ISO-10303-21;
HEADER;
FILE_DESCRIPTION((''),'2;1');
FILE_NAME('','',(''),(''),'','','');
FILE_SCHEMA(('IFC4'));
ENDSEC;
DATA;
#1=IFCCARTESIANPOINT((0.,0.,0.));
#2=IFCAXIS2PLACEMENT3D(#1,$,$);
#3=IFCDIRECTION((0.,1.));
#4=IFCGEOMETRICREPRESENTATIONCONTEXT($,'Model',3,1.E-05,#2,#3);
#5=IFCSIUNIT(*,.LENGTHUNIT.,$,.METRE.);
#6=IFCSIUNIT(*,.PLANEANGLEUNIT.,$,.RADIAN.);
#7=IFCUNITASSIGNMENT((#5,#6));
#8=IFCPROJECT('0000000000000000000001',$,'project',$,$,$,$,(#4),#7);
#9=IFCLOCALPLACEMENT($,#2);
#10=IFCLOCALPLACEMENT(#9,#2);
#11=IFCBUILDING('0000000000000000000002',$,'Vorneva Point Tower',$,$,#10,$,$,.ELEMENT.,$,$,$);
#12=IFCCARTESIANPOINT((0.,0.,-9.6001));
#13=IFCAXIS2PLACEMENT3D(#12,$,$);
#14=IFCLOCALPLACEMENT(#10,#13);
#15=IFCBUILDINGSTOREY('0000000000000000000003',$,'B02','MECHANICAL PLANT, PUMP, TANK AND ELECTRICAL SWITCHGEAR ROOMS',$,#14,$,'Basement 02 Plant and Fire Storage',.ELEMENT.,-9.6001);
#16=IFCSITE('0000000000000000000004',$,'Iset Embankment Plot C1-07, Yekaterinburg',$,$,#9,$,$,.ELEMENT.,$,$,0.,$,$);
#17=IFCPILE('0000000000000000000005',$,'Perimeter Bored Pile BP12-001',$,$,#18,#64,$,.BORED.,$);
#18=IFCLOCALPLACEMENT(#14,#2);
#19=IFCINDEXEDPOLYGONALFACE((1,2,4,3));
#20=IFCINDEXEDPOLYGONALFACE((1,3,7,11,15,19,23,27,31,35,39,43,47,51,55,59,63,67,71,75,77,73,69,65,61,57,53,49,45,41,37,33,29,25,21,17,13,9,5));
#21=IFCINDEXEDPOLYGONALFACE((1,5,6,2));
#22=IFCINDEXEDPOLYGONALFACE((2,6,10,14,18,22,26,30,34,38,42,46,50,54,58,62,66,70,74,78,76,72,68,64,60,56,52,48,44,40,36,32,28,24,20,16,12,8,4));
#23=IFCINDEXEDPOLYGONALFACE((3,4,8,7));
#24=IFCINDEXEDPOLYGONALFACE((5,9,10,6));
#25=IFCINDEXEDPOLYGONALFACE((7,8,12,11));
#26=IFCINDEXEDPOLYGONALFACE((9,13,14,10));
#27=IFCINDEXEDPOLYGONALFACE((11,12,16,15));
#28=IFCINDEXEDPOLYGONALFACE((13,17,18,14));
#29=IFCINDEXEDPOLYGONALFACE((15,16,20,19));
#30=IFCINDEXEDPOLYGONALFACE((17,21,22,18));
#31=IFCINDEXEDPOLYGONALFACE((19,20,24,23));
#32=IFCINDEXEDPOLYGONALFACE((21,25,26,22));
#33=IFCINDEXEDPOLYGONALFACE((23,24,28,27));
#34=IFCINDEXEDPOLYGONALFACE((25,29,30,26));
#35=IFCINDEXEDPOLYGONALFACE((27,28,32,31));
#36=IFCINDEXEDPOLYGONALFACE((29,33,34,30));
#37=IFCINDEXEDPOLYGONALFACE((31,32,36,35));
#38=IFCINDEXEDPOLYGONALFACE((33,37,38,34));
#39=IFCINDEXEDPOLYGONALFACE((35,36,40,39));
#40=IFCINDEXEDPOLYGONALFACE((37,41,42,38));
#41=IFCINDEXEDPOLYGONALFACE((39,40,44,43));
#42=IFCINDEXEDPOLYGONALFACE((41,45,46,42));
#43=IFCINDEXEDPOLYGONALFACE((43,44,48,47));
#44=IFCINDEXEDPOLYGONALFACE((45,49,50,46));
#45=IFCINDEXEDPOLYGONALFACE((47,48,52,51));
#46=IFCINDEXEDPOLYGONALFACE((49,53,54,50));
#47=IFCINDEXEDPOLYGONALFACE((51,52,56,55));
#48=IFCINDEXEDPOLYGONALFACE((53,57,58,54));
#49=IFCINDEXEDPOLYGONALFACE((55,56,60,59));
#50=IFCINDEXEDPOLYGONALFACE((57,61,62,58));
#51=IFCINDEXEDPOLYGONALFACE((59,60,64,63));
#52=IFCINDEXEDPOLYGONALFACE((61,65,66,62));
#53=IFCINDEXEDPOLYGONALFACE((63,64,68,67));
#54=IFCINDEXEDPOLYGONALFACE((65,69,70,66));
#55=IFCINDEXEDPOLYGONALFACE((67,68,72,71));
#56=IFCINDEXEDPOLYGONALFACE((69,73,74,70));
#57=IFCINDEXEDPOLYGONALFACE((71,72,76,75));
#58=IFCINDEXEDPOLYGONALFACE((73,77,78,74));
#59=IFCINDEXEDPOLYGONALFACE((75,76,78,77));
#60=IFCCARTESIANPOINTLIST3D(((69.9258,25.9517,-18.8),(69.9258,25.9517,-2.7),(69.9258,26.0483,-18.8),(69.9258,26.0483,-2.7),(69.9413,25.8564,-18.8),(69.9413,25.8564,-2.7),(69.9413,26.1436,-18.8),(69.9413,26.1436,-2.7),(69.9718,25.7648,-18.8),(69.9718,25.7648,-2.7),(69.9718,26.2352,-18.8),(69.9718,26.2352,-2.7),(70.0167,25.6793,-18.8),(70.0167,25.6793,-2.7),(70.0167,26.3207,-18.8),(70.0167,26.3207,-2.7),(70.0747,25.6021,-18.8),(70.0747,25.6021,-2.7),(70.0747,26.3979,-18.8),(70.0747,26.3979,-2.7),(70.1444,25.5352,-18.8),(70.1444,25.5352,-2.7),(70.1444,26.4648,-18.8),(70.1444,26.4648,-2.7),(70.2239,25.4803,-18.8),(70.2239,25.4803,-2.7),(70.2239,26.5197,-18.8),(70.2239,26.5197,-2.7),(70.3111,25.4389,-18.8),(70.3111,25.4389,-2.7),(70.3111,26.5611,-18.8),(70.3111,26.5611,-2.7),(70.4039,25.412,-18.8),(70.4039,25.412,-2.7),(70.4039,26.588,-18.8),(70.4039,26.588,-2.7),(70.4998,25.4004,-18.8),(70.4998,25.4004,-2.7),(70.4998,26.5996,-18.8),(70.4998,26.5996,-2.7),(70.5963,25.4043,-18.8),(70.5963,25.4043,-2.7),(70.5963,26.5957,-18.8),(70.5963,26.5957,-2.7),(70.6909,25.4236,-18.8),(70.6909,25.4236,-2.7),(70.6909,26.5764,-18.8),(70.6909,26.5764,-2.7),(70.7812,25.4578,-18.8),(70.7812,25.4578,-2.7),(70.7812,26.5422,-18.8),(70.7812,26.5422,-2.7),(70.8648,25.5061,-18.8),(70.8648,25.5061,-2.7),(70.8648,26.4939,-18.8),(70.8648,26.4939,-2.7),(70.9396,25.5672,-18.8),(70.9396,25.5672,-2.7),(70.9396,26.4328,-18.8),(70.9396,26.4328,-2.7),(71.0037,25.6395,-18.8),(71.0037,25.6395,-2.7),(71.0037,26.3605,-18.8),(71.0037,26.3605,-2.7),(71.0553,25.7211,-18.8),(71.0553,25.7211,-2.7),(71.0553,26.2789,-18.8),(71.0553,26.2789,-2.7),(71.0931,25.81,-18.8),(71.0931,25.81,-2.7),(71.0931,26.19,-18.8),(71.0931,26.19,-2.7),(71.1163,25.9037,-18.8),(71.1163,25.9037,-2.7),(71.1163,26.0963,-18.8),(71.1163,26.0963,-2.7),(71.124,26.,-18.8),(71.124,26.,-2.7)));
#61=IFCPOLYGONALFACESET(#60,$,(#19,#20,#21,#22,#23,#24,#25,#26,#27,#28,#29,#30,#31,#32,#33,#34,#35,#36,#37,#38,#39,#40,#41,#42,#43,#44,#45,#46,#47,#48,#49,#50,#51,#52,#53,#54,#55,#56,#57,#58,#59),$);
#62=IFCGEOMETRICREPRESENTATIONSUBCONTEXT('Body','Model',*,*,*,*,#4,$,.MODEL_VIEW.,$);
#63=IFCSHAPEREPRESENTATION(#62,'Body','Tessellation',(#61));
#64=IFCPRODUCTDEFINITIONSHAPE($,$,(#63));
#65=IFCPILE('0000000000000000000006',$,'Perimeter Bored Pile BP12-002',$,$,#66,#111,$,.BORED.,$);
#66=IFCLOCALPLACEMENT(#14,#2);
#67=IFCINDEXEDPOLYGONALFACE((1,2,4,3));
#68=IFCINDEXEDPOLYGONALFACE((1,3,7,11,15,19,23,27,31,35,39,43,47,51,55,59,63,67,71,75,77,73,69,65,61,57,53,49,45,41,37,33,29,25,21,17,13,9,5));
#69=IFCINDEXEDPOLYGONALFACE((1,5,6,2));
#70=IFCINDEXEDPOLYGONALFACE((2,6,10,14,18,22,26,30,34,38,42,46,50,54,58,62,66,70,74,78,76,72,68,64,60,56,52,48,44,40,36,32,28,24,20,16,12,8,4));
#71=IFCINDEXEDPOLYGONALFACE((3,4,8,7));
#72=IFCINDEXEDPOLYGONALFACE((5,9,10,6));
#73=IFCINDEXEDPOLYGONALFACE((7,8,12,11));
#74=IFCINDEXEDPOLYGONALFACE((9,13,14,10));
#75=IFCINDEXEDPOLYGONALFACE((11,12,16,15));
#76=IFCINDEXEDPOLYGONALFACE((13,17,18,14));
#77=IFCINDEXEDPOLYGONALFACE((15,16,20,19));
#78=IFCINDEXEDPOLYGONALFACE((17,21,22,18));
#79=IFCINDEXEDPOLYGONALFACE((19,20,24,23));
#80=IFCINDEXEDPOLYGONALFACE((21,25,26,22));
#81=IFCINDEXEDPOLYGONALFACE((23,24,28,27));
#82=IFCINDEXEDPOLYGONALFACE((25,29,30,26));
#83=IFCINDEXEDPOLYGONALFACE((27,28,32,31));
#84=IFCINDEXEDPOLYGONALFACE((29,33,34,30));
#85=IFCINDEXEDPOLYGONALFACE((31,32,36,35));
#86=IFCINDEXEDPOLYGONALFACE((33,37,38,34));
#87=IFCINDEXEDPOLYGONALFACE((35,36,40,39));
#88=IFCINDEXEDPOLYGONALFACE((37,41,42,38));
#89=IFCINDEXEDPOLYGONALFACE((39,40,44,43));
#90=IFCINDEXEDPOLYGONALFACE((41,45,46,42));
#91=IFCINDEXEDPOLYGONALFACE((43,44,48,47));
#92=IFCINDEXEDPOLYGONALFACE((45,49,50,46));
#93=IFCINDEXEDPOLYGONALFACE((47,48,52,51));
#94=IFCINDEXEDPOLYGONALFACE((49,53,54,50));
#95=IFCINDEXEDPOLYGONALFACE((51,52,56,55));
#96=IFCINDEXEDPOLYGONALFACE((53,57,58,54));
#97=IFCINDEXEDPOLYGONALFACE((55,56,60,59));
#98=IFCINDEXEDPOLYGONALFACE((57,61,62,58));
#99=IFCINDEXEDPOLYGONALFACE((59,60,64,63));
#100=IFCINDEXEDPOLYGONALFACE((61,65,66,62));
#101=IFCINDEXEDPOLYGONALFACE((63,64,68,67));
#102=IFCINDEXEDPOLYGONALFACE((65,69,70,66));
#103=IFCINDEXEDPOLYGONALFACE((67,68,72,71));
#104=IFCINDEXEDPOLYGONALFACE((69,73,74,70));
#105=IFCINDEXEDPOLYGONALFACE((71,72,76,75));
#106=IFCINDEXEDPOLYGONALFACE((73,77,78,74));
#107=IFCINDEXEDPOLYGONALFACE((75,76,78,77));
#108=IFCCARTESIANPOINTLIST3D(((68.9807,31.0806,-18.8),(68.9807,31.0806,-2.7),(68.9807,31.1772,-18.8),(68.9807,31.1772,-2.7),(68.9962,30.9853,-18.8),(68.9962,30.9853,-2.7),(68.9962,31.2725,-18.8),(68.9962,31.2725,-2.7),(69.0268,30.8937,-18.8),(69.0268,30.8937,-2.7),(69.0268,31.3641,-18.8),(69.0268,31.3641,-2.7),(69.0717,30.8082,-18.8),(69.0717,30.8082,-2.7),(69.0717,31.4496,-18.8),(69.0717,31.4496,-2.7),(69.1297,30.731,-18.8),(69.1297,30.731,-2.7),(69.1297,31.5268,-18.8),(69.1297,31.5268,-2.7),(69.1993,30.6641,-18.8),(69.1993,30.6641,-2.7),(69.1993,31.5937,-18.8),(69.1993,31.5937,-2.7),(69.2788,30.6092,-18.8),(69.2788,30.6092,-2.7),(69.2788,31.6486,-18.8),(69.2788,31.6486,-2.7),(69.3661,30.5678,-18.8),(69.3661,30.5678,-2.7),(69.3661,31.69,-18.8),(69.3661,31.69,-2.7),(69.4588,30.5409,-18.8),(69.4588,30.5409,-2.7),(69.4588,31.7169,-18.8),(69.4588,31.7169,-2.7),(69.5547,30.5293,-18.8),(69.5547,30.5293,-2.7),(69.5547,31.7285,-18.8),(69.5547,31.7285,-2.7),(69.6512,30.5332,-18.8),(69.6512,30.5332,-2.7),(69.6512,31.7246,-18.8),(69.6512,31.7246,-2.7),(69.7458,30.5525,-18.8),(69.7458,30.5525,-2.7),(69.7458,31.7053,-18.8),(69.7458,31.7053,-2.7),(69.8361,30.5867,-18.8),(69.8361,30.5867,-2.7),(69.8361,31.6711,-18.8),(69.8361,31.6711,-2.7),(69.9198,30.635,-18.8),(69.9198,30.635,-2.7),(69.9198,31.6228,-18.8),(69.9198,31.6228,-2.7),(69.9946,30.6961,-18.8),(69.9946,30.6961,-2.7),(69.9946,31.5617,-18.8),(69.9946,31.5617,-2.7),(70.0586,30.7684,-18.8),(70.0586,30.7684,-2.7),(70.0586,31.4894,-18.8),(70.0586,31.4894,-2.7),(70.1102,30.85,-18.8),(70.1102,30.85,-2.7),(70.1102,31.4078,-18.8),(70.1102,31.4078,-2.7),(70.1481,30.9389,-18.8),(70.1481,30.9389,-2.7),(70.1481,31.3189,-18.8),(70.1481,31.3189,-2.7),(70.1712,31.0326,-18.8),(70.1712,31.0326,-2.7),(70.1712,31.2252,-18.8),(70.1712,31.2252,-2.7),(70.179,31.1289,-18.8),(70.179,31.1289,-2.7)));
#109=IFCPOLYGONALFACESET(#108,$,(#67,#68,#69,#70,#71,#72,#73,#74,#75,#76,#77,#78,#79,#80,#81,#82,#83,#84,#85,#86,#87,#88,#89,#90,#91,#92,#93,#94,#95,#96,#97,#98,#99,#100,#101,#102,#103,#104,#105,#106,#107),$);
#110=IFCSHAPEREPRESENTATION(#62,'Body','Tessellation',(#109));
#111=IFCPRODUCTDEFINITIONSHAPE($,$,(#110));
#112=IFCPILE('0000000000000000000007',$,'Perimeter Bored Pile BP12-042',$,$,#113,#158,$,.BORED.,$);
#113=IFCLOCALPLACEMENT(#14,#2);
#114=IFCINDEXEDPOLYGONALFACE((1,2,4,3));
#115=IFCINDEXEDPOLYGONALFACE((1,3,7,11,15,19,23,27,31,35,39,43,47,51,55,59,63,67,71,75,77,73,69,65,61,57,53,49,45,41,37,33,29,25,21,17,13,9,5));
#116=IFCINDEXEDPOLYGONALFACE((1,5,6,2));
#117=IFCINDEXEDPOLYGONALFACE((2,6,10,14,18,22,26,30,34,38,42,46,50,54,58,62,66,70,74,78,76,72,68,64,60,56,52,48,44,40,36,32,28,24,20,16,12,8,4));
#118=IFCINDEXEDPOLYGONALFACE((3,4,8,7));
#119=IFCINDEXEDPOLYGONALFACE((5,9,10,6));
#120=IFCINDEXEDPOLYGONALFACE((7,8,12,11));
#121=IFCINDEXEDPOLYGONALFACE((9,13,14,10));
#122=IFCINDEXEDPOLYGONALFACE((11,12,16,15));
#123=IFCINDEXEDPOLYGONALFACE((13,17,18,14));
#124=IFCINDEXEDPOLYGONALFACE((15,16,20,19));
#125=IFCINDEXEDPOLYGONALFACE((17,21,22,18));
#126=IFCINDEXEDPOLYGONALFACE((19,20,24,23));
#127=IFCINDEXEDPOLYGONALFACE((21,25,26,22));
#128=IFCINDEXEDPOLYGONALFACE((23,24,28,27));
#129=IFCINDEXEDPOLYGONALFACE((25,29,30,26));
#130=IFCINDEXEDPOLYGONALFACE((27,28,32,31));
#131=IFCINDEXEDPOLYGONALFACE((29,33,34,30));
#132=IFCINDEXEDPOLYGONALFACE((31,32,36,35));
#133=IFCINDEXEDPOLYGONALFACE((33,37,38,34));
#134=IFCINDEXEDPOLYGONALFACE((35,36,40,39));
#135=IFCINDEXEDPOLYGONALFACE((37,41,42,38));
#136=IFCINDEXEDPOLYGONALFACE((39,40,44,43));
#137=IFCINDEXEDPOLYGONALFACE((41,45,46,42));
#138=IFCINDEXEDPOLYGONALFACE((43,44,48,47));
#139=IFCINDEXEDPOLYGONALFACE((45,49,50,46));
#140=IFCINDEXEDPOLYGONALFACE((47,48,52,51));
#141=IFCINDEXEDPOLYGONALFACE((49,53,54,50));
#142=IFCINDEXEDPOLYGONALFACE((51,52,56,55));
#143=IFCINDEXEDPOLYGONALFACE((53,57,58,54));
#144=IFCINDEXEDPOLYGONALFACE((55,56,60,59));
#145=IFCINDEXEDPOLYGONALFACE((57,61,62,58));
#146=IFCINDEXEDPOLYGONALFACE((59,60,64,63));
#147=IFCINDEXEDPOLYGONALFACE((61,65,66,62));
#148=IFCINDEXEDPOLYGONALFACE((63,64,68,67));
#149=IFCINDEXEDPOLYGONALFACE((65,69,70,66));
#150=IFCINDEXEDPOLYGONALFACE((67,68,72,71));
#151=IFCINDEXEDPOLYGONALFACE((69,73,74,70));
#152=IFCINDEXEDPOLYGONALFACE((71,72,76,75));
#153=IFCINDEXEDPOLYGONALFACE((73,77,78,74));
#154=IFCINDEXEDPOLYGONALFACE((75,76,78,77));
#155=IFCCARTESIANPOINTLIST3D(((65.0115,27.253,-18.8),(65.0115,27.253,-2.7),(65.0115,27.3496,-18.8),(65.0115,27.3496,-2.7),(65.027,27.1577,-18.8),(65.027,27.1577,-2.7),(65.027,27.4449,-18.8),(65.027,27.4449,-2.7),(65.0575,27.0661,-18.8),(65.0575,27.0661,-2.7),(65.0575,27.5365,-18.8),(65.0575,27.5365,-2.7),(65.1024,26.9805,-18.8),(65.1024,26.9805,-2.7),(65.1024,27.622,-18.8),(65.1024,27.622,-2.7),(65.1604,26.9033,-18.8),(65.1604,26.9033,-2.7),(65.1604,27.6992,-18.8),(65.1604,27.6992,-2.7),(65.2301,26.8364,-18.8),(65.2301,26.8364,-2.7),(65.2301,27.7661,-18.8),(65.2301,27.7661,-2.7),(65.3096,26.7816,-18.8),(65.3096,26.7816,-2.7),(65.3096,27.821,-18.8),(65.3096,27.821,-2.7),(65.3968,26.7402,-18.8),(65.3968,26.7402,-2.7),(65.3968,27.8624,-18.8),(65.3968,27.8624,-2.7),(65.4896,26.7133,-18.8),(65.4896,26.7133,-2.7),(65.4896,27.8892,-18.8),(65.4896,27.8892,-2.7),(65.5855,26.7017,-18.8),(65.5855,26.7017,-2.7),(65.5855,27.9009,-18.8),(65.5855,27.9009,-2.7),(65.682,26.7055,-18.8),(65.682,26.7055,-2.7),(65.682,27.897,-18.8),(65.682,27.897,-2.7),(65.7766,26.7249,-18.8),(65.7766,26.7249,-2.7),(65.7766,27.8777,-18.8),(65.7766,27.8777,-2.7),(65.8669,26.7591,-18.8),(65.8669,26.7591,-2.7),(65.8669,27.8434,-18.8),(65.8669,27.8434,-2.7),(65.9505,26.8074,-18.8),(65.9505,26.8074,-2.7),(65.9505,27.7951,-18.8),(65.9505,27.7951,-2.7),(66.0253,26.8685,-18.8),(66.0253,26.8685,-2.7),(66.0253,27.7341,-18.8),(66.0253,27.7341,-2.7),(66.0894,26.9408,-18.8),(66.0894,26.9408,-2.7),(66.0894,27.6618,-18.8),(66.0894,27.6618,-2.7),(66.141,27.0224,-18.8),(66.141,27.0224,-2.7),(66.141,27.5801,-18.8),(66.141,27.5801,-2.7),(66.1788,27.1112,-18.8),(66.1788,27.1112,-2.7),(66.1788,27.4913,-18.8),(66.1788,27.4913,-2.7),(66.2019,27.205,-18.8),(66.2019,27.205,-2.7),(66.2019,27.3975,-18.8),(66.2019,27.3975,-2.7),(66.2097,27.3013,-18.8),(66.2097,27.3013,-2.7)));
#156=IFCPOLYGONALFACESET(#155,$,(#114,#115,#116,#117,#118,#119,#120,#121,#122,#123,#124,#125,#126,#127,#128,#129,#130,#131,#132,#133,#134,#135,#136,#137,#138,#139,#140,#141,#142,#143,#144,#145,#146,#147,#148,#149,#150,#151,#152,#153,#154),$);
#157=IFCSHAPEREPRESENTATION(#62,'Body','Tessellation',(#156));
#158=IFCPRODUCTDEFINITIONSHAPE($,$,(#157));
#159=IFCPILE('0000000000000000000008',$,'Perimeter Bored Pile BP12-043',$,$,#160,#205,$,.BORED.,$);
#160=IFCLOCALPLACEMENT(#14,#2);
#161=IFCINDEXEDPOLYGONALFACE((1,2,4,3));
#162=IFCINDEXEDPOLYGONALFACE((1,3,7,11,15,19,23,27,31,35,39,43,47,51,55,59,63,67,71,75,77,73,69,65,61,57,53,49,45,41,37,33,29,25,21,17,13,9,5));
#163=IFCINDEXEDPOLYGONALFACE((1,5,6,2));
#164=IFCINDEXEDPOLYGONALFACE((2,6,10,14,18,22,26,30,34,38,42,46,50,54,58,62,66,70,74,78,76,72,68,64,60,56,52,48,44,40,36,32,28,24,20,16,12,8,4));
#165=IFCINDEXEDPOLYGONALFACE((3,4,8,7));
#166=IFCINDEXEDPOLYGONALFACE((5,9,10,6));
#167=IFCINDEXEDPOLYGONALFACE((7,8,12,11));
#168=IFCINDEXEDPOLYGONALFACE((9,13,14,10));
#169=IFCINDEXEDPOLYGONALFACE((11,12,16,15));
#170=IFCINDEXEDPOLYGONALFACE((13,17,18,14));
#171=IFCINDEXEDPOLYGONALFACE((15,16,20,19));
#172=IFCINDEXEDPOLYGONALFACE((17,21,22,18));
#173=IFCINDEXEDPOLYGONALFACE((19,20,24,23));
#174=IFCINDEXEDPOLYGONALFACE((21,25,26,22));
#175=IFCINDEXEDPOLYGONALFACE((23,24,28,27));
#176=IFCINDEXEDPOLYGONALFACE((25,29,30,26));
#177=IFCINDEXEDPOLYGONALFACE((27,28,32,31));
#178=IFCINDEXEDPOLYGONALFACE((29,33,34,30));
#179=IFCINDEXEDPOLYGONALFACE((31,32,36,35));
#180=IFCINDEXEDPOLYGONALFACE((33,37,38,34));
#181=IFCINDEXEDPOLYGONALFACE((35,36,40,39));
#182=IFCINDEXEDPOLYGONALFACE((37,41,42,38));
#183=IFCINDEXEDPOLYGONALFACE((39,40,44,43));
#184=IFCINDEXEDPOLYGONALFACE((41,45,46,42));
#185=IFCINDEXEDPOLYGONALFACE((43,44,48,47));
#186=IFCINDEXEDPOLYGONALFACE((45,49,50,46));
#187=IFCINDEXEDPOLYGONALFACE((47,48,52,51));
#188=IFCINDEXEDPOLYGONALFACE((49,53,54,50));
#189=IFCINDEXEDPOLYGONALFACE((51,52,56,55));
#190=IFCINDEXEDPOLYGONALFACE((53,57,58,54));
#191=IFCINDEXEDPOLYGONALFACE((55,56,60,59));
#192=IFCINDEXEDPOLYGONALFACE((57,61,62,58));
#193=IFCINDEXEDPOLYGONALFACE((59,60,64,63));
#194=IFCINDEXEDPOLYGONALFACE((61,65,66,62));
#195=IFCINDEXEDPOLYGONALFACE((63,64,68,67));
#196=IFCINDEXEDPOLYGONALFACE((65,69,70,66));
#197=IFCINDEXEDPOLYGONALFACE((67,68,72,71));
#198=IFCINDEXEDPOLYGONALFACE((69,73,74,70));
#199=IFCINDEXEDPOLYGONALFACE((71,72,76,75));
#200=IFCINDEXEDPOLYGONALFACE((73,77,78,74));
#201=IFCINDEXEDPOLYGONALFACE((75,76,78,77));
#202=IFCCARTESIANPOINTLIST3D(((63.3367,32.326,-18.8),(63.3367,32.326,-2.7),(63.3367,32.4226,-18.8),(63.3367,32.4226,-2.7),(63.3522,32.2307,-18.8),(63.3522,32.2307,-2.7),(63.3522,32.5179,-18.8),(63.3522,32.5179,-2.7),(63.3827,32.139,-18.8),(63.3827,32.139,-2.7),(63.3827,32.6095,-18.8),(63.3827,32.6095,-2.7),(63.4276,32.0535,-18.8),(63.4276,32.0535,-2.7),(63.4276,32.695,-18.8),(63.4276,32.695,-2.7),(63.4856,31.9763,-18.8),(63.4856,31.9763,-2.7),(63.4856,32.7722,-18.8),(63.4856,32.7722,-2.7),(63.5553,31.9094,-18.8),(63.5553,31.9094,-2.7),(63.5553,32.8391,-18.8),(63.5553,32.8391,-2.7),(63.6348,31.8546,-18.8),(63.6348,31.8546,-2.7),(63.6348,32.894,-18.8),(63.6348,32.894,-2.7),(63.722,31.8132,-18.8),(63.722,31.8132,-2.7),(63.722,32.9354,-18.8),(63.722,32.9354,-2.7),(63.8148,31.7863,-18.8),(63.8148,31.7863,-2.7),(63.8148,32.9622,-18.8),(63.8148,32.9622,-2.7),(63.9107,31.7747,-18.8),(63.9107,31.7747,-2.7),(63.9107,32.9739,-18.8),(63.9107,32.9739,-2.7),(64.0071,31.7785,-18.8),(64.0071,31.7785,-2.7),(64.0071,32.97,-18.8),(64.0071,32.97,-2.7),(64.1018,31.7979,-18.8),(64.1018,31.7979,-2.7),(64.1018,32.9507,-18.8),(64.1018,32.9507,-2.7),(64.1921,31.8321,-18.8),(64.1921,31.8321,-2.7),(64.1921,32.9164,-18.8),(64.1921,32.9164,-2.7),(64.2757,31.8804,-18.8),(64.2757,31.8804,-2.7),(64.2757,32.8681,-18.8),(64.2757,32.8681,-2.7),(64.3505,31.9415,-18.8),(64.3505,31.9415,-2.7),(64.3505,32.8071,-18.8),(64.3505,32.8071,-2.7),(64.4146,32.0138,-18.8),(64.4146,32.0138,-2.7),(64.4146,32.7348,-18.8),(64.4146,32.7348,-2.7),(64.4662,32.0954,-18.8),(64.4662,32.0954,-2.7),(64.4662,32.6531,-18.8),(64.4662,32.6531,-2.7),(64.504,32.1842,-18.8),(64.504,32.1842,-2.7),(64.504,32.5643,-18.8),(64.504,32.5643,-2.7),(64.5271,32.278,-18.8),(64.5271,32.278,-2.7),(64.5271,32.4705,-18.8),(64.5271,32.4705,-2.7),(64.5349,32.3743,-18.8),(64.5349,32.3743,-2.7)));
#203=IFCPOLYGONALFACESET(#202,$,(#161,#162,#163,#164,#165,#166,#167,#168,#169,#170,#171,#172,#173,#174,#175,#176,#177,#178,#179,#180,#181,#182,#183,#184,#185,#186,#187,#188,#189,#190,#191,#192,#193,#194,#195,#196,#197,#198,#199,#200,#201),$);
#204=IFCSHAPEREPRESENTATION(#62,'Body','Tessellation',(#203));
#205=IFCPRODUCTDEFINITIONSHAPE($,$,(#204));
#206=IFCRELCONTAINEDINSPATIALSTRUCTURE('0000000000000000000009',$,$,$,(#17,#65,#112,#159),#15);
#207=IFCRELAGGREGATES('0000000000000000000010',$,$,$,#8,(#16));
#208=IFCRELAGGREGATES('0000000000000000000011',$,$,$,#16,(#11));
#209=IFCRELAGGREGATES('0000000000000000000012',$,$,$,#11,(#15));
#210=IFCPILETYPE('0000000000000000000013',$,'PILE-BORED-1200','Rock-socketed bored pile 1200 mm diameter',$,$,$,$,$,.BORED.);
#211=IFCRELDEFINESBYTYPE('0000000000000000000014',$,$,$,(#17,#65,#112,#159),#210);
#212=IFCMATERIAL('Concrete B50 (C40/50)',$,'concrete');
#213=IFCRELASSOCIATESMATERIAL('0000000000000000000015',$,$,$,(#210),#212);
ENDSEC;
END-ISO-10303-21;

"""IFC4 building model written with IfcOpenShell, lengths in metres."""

from ifc_helpers import new_model, si_unit, direction, frame, origin, origin_2d, place, context, subcontext, project, spatial, circle, extrude, material, material_profile, profile_set, type_object, element, save


model = new_model("IFC4")

# Units and contexts
model_context = context("Model", 3, precision=1e-05, world=origin(), true_north=direction((0.0, 1.0)))
body_context = subcontext(model_context, "Body", "Model", "MODEL_VIEW")
ifc_project = project(units=[si_unit("LENGTHUNIT", "METRE"), si_unit("PLANEANGLEUNIT", "RADIAN")], contexts=[model_context])

# Site, building, storey
site_placement = place(None, origin())
site = spatial("IfcSite", under=ifc_project, at=site_placement, Name="Iset Embankment Plot C1-07, Yekaterinburg", CompositionType="ELEMENT", RefElevation=0.0)
building_placement = place(site_placement, origin())
building = spatial("IfcBuilding", under=site, at=building_placement, Name="Vorneva Point Tower", CompositionType="ELEMENT")
storey_placement = place(building_placement, frame((0.0, 0.0, -9.6001)))
storey = spatial("IfcBuildingStorey", under=building, at=storey_placement, Name="B02", Description="MECHANICAL PLANT, PUMP, TANK AND ELECTRICAL SWITCHGEAR ROOMS", LongName="Basement 02 Plant and Fire Storage", CompositionType="ELEMENT", Elevation=-9.6001)

# Piles
ifc_material_1 = material(Name="Concrete B50 (C40/50)", Category="concrete")
ifc_material_profile_1 = material_profile(ifc_material_1, circle(Radius=0.6001, at=origin_2d()), Name="PILE-1200")
ifc_profile_set_1 = profile_set([ifc_material_profile_1], Name="Concrete B50 (C40/50)")
pile_type_1 = type_object("IfcPileType", Name="PILE-BORED-1200", Description="Rock-socketed bored pile 1200 mm diameter", PredefinedType="BORED", material=ifc_profile_set_1)
for number, where, z_axis, x_axis, name in (
    (1, (70.5239, 26.0, -2.7), (0.0, 0.0, -1.0), (1.0, 0.0, 0.0), "Perimeter Bored Pile BP12-001"),
    (2, (69.5789, 31.1289, -2.7), (0.0, 0.0, -1.0), (1.0, 0.0, 0.0), "Perimeter Bored Pile BP12-002"),
    (3, (65.6096, 27.3013, -2.7), (0.0, 0.0, -1.0), (1.0, 0.0, 0.0), "Perimeter Bored Pile BP12-042"),
    (4, (63.9348, 32.3743, -2.7), (0.0, 0.0, -1.0), (1.0, 0.0, 0.0), "Perimeter Bored Pile BP12-043"),
):
    element("IfcPile", number, at=place(storey_placement, frame(where, z_axis=z_axis, x_axis=x_axis)), inside=storey, type_object=pile_type_1, Name=name, PredefinedType="BORED", context=body_context, shape_type="SweptSolid", body=[
        extrude(circle(Radius=0.6001, at=origin_2d()), origin(), (0.0, 0.0, 1.0), 16.1001),
    ])

save(model, "model.ifc")
